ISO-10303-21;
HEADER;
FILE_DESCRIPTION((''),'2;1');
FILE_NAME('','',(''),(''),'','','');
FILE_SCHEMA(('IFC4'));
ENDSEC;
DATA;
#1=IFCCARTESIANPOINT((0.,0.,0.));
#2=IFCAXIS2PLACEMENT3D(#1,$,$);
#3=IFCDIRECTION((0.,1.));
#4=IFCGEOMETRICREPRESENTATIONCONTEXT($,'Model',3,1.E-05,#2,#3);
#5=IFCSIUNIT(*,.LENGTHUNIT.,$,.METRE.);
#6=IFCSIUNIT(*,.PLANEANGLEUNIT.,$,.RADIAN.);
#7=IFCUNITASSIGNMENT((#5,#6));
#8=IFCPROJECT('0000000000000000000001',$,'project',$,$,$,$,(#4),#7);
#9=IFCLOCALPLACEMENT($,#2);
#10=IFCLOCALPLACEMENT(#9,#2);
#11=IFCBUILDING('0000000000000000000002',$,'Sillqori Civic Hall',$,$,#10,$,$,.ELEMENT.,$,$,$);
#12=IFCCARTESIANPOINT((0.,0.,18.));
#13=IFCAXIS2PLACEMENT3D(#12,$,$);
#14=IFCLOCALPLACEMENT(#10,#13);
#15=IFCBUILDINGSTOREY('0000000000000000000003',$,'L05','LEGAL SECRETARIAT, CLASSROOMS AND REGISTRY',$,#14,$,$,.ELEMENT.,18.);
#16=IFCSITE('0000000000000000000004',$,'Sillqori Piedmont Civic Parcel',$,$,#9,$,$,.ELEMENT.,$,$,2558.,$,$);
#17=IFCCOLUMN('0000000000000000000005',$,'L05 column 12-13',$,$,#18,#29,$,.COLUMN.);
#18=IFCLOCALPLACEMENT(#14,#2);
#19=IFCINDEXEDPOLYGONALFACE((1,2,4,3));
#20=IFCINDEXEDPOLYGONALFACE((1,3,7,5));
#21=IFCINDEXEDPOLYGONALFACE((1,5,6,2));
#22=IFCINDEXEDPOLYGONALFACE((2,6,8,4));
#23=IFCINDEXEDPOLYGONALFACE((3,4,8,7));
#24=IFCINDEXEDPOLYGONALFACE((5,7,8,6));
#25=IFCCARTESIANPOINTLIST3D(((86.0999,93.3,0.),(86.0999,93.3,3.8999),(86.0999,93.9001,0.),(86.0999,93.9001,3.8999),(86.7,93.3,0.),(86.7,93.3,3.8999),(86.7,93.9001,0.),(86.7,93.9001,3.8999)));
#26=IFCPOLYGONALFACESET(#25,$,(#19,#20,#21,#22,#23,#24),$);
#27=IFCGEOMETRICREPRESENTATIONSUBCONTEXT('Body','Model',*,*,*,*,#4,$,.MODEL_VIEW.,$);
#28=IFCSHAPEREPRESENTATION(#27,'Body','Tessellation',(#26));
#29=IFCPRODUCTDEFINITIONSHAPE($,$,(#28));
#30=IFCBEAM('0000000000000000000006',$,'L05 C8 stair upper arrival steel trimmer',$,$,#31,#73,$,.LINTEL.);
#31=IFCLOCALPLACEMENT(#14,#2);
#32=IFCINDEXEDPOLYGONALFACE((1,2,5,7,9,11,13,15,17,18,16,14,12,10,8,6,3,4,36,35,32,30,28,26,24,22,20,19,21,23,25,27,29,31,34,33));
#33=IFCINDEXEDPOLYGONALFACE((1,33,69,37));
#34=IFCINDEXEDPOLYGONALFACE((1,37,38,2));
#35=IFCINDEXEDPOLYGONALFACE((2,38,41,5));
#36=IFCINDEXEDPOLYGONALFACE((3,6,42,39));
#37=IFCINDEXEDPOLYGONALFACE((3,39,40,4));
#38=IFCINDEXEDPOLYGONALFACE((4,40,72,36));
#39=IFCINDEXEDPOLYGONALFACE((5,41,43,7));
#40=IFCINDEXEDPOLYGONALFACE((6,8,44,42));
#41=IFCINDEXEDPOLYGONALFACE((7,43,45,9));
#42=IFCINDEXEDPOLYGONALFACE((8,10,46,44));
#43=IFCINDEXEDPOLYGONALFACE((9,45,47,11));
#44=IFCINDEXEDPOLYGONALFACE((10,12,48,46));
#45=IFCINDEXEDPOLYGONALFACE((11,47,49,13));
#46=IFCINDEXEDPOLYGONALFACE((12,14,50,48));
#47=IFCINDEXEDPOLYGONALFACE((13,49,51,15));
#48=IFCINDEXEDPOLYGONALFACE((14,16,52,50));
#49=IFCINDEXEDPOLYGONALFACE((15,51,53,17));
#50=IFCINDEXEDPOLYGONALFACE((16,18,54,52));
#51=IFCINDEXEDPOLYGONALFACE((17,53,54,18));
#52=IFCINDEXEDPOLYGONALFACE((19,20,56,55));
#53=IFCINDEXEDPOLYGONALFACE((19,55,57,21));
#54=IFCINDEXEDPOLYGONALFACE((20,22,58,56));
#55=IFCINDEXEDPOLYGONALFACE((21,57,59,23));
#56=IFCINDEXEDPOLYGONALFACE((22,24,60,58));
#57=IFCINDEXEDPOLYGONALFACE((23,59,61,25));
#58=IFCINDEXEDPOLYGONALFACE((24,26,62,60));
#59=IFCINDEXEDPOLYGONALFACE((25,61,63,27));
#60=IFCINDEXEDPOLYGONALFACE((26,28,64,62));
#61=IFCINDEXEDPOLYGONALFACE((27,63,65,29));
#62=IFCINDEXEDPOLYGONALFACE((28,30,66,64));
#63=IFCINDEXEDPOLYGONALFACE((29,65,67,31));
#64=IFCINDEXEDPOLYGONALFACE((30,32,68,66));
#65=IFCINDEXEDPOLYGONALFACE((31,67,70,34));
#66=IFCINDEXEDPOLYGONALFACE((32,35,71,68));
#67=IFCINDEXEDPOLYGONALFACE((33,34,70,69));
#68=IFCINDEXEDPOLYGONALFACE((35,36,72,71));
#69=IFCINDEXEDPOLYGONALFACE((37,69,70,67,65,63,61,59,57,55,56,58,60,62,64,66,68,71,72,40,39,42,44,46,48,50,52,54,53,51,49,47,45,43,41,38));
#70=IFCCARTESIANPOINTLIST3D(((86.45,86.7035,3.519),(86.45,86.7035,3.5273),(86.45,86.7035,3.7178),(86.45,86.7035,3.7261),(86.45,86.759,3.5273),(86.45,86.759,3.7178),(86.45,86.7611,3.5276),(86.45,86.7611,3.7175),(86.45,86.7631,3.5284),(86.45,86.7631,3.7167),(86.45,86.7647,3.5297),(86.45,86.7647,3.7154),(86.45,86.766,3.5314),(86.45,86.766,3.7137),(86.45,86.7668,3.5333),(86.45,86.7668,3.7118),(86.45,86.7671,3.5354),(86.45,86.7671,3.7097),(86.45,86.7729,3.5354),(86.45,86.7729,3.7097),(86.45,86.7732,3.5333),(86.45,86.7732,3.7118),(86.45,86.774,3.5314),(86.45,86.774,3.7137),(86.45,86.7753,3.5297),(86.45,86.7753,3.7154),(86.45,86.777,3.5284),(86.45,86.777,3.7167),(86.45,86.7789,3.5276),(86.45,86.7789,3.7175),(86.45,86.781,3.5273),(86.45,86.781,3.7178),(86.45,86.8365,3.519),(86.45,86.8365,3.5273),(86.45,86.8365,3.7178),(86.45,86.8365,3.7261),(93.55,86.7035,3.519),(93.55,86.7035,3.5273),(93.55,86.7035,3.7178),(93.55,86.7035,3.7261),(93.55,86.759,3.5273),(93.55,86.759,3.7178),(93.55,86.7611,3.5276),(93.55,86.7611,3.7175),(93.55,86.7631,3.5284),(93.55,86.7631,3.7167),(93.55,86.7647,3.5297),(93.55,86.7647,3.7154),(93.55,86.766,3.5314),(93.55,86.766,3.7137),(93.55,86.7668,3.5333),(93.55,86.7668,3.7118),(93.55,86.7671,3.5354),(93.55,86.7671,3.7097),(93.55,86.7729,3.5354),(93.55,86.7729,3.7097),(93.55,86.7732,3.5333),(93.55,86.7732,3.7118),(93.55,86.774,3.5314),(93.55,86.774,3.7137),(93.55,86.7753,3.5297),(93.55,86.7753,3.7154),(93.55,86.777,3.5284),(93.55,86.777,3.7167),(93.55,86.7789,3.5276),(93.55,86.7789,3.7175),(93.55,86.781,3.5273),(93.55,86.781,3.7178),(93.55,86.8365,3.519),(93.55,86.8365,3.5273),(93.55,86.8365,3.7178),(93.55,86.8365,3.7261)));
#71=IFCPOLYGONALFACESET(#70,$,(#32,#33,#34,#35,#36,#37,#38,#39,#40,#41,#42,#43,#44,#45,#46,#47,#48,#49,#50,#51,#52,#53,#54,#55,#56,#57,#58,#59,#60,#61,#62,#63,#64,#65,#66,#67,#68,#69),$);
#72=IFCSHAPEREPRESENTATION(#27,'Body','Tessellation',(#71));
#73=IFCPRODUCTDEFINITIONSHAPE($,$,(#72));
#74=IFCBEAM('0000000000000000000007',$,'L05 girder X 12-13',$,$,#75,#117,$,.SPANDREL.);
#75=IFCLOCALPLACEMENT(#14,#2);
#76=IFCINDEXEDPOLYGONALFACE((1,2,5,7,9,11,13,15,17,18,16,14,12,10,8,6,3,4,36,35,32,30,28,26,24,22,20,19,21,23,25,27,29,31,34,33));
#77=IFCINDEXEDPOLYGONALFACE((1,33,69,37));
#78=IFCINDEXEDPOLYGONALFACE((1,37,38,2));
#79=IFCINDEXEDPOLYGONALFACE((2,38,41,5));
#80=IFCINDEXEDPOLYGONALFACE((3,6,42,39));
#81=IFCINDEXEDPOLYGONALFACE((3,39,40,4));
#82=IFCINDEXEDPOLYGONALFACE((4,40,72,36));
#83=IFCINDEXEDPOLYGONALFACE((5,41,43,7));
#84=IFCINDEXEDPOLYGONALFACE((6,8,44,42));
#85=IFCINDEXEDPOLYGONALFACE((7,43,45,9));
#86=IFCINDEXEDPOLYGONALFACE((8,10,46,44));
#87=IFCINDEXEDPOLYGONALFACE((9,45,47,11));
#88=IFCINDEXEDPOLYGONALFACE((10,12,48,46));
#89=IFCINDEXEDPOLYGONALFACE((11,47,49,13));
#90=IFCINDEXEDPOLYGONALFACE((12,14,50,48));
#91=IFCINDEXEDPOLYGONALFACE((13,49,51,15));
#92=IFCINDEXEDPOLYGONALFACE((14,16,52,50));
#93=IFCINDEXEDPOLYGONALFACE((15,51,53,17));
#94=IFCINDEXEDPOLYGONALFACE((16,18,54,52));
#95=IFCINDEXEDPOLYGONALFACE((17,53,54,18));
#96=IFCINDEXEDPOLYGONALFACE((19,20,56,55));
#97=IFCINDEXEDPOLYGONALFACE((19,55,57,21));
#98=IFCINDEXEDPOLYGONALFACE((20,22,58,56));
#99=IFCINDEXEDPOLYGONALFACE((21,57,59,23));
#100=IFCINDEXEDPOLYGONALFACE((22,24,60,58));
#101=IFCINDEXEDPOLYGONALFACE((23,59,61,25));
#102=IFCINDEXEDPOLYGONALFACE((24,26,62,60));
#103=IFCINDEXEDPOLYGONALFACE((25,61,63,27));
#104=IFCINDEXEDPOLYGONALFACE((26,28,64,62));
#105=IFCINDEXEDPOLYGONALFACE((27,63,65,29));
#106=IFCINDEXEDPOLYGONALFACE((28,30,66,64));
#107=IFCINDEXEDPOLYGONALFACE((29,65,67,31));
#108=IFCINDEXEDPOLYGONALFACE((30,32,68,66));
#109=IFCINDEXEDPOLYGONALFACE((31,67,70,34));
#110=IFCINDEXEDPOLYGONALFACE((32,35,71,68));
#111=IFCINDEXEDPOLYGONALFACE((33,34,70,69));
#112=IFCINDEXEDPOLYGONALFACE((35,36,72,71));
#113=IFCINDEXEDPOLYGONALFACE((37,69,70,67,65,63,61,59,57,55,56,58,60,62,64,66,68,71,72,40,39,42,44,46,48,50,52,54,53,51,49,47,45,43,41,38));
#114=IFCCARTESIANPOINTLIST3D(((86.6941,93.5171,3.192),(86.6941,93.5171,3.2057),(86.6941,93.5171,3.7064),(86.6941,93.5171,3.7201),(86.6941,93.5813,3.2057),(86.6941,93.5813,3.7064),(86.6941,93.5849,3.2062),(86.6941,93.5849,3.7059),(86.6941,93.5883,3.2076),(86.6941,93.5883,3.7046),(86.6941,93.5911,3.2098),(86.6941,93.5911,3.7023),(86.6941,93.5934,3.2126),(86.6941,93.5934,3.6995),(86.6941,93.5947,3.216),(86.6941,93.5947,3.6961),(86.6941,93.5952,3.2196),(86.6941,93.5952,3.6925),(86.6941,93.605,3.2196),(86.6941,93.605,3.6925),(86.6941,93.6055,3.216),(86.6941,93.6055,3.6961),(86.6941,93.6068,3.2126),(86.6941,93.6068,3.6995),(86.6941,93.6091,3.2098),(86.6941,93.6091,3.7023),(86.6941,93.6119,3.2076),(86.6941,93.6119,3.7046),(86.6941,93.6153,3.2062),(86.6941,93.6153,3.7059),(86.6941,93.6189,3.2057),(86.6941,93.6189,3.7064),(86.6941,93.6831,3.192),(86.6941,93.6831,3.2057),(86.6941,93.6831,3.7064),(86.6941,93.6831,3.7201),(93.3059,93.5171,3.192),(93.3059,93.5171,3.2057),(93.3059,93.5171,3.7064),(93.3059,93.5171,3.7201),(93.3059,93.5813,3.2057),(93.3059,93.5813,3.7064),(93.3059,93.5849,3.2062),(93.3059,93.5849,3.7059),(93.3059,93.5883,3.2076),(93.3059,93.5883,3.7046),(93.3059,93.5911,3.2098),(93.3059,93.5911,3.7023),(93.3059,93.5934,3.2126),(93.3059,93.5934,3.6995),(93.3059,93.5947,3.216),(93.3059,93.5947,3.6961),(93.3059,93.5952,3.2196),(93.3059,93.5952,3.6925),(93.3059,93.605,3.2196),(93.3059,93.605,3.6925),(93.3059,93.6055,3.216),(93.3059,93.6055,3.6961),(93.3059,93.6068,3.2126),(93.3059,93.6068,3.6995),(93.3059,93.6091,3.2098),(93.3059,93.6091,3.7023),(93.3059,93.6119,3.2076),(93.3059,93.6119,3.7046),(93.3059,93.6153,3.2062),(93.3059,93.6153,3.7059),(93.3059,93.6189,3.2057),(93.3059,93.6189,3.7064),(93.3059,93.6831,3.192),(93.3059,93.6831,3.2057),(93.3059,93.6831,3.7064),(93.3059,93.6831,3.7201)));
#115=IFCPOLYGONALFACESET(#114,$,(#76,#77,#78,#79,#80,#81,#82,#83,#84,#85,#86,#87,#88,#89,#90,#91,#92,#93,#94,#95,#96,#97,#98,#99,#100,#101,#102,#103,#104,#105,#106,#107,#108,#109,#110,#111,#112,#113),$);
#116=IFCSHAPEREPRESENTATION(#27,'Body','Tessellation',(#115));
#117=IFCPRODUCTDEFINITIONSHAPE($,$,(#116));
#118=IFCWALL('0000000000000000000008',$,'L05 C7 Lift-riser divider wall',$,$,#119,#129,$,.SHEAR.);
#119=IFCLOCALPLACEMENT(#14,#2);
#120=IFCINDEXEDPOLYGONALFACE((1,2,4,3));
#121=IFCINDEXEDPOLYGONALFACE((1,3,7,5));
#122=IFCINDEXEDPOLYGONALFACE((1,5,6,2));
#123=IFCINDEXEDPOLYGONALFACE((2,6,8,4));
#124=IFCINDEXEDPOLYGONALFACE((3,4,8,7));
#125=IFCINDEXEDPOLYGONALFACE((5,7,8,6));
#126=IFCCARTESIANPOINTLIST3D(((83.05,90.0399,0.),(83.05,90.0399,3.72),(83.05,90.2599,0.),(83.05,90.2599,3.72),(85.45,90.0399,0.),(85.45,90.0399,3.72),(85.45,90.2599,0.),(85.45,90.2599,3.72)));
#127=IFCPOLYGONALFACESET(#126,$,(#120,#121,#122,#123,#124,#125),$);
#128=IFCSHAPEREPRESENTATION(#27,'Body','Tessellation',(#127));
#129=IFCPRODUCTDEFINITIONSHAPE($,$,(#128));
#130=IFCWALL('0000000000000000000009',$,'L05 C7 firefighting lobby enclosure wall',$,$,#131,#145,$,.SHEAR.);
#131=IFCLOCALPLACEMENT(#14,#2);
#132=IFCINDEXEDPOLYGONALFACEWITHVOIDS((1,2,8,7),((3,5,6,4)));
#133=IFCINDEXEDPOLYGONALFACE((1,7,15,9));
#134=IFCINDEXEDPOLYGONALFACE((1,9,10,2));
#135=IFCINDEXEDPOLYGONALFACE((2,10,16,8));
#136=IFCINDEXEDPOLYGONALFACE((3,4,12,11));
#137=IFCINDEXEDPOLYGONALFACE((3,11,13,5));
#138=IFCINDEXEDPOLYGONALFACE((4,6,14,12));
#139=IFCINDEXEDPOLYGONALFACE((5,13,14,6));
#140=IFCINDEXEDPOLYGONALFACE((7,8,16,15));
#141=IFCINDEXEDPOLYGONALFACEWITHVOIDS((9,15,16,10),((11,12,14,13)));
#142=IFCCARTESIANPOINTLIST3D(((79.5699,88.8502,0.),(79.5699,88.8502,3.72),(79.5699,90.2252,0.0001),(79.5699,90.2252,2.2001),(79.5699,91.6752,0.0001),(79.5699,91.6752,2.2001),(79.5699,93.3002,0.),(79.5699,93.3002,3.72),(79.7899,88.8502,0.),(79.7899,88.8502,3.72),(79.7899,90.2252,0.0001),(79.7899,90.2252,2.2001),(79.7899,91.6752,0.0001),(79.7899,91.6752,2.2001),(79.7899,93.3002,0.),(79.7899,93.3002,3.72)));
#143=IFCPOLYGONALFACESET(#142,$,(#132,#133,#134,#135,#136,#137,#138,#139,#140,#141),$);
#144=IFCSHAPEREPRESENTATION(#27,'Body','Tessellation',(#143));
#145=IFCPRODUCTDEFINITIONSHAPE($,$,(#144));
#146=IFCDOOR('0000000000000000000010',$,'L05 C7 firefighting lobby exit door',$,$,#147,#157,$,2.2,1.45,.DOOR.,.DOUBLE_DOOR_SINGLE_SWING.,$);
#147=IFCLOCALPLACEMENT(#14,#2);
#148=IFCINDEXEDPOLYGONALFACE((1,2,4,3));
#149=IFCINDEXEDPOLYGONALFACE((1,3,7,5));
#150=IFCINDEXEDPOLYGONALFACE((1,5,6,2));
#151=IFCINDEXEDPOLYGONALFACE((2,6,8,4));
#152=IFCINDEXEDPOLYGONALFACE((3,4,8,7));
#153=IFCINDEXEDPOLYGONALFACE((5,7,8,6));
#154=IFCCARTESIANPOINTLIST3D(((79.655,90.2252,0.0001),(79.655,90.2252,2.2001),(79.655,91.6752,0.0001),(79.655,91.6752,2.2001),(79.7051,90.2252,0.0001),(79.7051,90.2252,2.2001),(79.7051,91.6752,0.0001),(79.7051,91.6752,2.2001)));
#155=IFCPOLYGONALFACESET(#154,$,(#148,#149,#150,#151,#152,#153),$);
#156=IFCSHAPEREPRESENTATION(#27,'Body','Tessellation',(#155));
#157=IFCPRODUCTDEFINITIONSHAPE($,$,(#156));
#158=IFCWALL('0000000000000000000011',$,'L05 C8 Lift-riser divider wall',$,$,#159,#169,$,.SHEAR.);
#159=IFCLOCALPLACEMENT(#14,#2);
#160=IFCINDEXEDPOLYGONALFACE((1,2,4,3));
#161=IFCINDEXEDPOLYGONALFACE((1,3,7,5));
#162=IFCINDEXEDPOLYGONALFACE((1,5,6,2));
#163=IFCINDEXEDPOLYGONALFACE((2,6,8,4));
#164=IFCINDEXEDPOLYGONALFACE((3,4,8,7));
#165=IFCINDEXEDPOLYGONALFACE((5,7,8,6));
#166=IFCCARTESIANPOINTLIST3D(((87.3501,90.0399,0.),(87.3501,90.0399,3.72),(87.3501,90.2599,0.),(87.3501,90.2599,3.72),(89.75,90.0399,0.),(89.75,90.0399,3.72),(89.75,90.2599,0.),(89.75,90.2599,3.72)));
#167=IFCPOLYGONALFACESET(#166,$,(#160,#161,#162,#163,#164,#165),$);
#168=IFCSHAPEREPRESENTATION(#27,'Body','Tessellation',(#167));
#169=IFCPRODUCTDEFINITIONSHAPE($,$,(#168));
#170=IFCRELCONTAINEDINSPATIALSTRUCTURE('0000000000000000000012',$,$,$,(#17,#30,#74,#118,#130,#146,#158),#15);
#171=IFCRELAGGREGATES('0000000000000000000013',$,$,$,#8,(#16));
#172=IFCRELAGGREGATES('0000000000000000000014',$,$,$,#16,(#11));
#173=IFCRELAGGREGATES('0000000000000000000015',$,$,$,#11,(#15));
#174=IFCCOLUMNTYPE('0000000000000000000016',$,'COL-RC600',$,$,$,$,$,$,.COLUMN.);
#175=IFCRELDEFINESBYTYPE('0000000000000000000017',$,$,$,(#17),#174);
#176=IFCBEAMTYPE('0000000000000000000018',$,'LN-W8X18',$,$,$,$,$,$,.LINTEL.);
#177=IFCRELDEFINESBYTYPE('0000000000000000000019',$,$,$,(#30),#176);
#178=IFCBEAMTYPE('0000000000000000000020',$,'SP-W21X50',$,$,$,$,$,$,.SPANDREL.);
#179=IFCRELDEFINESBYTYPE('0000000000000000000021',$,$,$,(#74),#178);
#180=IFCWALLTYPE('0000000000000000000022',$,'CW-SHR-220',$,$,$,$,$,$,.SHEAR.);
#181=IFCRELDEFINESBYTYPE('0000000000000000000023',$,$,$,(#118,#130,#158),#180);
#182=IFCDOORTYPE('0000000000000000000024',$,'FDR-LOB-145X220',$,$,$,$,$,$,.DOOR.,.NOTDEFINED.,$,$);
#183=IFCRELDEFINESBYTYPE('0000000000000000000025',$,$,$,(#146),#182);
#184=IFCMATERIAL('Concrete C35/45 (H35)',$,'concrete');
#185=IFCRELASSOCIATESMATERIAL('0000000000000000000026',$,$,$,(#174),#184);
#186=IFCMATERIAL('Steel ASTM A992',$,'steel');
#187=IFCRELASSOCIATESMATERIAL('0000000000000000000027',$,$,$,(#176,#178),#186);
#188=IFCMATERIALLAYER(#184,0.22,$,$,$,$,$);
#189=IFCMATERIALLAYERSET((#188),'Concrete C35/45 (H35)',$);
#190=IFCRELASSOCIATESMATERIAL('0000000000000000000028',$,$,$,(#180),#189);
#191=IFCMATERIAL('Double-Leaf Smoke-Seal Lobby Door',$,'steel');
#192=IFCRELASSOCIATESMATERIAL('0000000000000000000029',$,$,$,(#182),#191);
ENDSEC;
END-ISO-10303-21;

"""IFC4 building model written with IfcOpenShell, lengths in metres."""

from ifc_helpers import new_model, si_unit, direction, frame, frame_2d, origin, origin_2d, place, context, subcontext, project, spatial, rectangle, i_section, extrude, material, layer, layer_set, material_profile, profile_set, type_object, element, fill, save


model = new_model("IFC4")

# Units and contexts
model_context = context("Model", 3, precision=1e-05, world=origin(), true_north=direction((0.0, 1.0)))
body_context = subcontext(model_context, "Body", "Model", "MODEL_VIEW")
ifc_project = project(units=[si_unit("LENGTHUNIT", "METRE"), si_unit("PLANEANGLEUNIT", "RADIAN")], contexts=[model_context])

# Site, building, storey
site_placement = place(None, origin())
site = spatial("IfcSite", under=ifc_project, at=site_placement, Name="Sillqori Piedmont Civic Parcel", CompositionType="ELEMENT", RefElevation=2558.0)
building_placement = place(site_placement, origin())
building = spatial("IfcBuilding", under=site, at=building_placement, Name="Sillqori Civic Hall", CompositionType="ELEMENT")
storey_placement = place(building_placement, frame((0.0, 0.0, 18.0)))
storey = spatial("IfcBuildingStorey", under=building, at=storey_placement, Name="L05", Description="LEGAL SECRETARIAT, CLASSROOMS AND REGISTRY", CompositionType="ELEMENT", Elevation=18.0)

# Column
ifc_material_1 = material(Name="Concrete C35/45 (H35)", Category="concrete")
ifc_material_profile_1 = material_profile(ifc_material_1, rectangle(XDim=0.6001, YDim=0.6001, at=origin_2d()), Name="RC 600x600")
ifc_profile_set_1 = profile_set([ifc_material_profile_1], Name="Concrete C35/45 (H35)")
column_type = type_object("IfcColumnType", Name="COL-RC600", PredefinedType="COLUMN", material=ifc_profile_set_1)
column_placement = place(storey_placement, frame((86.3999, 93.6001, 0.0), z_axis=(0.0, 0.0, 1.0), x_axis=(1.0, 0.0, 0.0)))
element("IfcColumn", 1, at=column_placement, inside=storey, type_object=column_type, Name="L05 column 12-13", PredefinedType="COLUMN", context=body_context, shape_type="SweptSolid", body=[
    extrude(rectangle(XDim=0.6001, YDim=0.6001, at=origin_2d()), origin(), (0.0, 0.0, 1.0), 3.8999),
])

# Beams
ifc_material_2 = material(Name="Steel ASTM A992", Category="steel")
ifc_material_profile_2 = material_profile(ifc_material_2, i_section(OverallWidth=0.1331, OverallDepth=0.207, WebThickness=0.0059, FlangeThickness=0.0083, FilletRadius=0.0081, at=origin_2d()), Name="W8X18")
ifc_profile_set_2 = profile_set([ifc_material_profile_2], Name="Steel ASTM A992")
beam_type_1 = type_object("IfcBeamType", Name="LN-W8X18", PredefinedType="LINTEL", material=ifc_profile_set_2)
beam_1_placement = place(storey_placement, frame((86.45, 86.77, 3.6226), z_axis=(1.0, 0.0, 0.0), x_axis=(0.0, 1.0, 0.0)))
element("IfcBeam", 2, at=beam_1_placement, inside=storey, type_object=beam_type_1, Name="L05 C8 stair upper arrival steel trimmer", PredefinedType="LINTEL", context=body_context, shape_type="SweptSolid", body=[
    extrude(i_section(OverallWidth=0.1331, OverallDepth=0.207, WebThickness=0.0059, FlangeThickness=0.0083, FilletRadius=0.0081, at=origin_2d()), origin(), (0.0, 0.0, 1.0), 7.1001),
])
ifc_material_profile_3 = material_profile(ifc_material_2, i_section(OverallWidth=0.166, OverallDepth=0.5281, WebThickness=0.0098, FlangeThickness=0.0137, FilletRadius=0.0139, at=origin_2d()), Name="W21X50")
ifc_profile_set_3 = profile_set([ifc_material_profile_3], Name="Steel ASTM A992")
beam_type_2 = type_object("IfcBeamType", Name="SP-W21X50", PredefinedType="SPANDREL", material=ifc_profile_set_3)
beam_2_placement = place(storey_placement, frame((86.6941, 93.6001, 3.4561), z_axis=(1.0, 0.0, 0.0), x_axis=(0.0, 1.0, 0.0)))
element("IfcBeam", 3, at=beam_2_placement, inside=storey, type_object=beam_type_2, Name="L05 girder X 12-13", PredefinedType="SPANDREL", context=body_context, shape_type="SweptSolid", body=[
    extrude(i_section(OverallWidth=0.166, OverallDepth=0.5281, WebThickness=0.0098, FlangeThickness=0.0137, FilletRadius=0.0139, at=origin_2d()), origin(), (0.0, 0.0, 1.0), 6.6118),
])

# Wall
ifc_layer_1 = layer(ifc_material_1, 0.22)
ifc_layer_set_1 = layer_set([ifc_layer_1], Name="Concrete C35/45 (H35)")
wall_type_1 = type_object("IfcWallType", Name="CW-SHR-220", PredefinedType="SHEAR", material=ifc_layer_set_1)
wall_1_placement = place(storey_placement, frame((83.05, 90.1499, 0.0), z_axis=(0.0, 0.0, 1.0), x_axis=(1.0, 0.0, 0.0)))
element("IfcWall", 4, at=wall_1_placement, inside=storey, type_object=wall_type_1, Name="L05 C7 Lift-riser divider wall", PredefinedType="SHEAR", context=body_context, shape_type="SweptSolid", body=[
    extrude(rectangle(XDim=2.3999, YDim=0.22, at=frame_2d((1.2, 0.0))), origin(), (0.0, 0.0, 1.0), 3.72),
])

# Wall, opening, door
wall_2_placement = place(storey_placement, frame((79.6799, 88.8501, 0.0), z_axis=(0.0, 0.0, 1.0), x_axis=(0.0, 1.0, 0.0)))
wall_2 = element("IfcWall", 5, at=wall_2_placement, inside=storey, type_object=wall_type_1, Name="L05 C7 firefighting lobby enclosure wall", PredefinedType="SHEAR", context=body_context, shape_type="SweptSolid", body=[
    extrude(rectangle(XDim=4.45, YDim=0.22, at=frame_2d((2.2251, 0.0))), origin(), (0.0, 0.0, 1.0), 3.72),
])
opening_1_placement = place(wall_2_placement, frame((1.375, 0.0, 0.0)))
opening_1 = element("IfcOpeningElement", 6, at=opening_1_placement, cuts=wall_2, PredefinedType="OPENING", context=body_context, shape_type="SweptSolid", body=[
    extrude(rectangle(XDim=1.45, YDim=2.2, at=frame_2d((0.7251, 1.1001))), frame((0.0, 0.1199, 0.0), z_axis=(0.0, -1.0, 0.0), x_axis=(1.0, 0.0, 0.0)), (0.0, 0.0, 1.0), 0.24),
])
ifc_material_3 = material(Name="Double-Leaf Smoke-Seal Lobby Door", Category="steel")
door_type_1 = type_object("IfcDoorType", Name="FDR-LOB-145X220", OperationType="NOTDEFINED", PredefinedType="DOOR", material=ifc_material_3)
door_1_placement = place(opening_1_placement, origin())
door_1 = element("IfcDoor", 7, at=door_1_placement, inside=storey, type_object=door_type_1, Name="L05 C7 firefighting lobby exit door", OperationType="DOUBLE_DOOR_SINGLE_SWING", OverallHeight=2.2, OverallWidth=1.45, PredefinedType="DOOR", context=body_context, shape_type="SweptSolid", body=[
    extrude(rectangle(XDim=1.45, YDim=2.2, at=frame_2d((0.7251, 1.1001))), frame((0.0, 0.0249, 0.0), z_axis=(0.0, -1.0, 0.0), x_axis=(1.0, 0.0, 0.0)), (0.0, 0.0, 1.0), 0.05),
])
fill(opening_1, door_1)

# Wall
wall_3_placement = place(storey_placement, frame((87.3501, 90.1499, 0.0), z_axis=(0.0, 0.0, 1.0), x_axis=(1.0, 0.0, 0.0)))
element("IfcWall", 8, at=wall_3_placement, inside=storey, type_object=wall_type_1, Name="L05 C8 Lift-riser divider wall", PredefinedType="SHEAR", context=body_context, shape_type="SweptSolid", body=[
    extrude(rectangle(XDim=2.3999, YDim=0.22, at=frame_2d((1.2, 0.0))), origin(), (0.0, 0.0, 1.0), 3.72),
])

save(model, "model.ifc")
